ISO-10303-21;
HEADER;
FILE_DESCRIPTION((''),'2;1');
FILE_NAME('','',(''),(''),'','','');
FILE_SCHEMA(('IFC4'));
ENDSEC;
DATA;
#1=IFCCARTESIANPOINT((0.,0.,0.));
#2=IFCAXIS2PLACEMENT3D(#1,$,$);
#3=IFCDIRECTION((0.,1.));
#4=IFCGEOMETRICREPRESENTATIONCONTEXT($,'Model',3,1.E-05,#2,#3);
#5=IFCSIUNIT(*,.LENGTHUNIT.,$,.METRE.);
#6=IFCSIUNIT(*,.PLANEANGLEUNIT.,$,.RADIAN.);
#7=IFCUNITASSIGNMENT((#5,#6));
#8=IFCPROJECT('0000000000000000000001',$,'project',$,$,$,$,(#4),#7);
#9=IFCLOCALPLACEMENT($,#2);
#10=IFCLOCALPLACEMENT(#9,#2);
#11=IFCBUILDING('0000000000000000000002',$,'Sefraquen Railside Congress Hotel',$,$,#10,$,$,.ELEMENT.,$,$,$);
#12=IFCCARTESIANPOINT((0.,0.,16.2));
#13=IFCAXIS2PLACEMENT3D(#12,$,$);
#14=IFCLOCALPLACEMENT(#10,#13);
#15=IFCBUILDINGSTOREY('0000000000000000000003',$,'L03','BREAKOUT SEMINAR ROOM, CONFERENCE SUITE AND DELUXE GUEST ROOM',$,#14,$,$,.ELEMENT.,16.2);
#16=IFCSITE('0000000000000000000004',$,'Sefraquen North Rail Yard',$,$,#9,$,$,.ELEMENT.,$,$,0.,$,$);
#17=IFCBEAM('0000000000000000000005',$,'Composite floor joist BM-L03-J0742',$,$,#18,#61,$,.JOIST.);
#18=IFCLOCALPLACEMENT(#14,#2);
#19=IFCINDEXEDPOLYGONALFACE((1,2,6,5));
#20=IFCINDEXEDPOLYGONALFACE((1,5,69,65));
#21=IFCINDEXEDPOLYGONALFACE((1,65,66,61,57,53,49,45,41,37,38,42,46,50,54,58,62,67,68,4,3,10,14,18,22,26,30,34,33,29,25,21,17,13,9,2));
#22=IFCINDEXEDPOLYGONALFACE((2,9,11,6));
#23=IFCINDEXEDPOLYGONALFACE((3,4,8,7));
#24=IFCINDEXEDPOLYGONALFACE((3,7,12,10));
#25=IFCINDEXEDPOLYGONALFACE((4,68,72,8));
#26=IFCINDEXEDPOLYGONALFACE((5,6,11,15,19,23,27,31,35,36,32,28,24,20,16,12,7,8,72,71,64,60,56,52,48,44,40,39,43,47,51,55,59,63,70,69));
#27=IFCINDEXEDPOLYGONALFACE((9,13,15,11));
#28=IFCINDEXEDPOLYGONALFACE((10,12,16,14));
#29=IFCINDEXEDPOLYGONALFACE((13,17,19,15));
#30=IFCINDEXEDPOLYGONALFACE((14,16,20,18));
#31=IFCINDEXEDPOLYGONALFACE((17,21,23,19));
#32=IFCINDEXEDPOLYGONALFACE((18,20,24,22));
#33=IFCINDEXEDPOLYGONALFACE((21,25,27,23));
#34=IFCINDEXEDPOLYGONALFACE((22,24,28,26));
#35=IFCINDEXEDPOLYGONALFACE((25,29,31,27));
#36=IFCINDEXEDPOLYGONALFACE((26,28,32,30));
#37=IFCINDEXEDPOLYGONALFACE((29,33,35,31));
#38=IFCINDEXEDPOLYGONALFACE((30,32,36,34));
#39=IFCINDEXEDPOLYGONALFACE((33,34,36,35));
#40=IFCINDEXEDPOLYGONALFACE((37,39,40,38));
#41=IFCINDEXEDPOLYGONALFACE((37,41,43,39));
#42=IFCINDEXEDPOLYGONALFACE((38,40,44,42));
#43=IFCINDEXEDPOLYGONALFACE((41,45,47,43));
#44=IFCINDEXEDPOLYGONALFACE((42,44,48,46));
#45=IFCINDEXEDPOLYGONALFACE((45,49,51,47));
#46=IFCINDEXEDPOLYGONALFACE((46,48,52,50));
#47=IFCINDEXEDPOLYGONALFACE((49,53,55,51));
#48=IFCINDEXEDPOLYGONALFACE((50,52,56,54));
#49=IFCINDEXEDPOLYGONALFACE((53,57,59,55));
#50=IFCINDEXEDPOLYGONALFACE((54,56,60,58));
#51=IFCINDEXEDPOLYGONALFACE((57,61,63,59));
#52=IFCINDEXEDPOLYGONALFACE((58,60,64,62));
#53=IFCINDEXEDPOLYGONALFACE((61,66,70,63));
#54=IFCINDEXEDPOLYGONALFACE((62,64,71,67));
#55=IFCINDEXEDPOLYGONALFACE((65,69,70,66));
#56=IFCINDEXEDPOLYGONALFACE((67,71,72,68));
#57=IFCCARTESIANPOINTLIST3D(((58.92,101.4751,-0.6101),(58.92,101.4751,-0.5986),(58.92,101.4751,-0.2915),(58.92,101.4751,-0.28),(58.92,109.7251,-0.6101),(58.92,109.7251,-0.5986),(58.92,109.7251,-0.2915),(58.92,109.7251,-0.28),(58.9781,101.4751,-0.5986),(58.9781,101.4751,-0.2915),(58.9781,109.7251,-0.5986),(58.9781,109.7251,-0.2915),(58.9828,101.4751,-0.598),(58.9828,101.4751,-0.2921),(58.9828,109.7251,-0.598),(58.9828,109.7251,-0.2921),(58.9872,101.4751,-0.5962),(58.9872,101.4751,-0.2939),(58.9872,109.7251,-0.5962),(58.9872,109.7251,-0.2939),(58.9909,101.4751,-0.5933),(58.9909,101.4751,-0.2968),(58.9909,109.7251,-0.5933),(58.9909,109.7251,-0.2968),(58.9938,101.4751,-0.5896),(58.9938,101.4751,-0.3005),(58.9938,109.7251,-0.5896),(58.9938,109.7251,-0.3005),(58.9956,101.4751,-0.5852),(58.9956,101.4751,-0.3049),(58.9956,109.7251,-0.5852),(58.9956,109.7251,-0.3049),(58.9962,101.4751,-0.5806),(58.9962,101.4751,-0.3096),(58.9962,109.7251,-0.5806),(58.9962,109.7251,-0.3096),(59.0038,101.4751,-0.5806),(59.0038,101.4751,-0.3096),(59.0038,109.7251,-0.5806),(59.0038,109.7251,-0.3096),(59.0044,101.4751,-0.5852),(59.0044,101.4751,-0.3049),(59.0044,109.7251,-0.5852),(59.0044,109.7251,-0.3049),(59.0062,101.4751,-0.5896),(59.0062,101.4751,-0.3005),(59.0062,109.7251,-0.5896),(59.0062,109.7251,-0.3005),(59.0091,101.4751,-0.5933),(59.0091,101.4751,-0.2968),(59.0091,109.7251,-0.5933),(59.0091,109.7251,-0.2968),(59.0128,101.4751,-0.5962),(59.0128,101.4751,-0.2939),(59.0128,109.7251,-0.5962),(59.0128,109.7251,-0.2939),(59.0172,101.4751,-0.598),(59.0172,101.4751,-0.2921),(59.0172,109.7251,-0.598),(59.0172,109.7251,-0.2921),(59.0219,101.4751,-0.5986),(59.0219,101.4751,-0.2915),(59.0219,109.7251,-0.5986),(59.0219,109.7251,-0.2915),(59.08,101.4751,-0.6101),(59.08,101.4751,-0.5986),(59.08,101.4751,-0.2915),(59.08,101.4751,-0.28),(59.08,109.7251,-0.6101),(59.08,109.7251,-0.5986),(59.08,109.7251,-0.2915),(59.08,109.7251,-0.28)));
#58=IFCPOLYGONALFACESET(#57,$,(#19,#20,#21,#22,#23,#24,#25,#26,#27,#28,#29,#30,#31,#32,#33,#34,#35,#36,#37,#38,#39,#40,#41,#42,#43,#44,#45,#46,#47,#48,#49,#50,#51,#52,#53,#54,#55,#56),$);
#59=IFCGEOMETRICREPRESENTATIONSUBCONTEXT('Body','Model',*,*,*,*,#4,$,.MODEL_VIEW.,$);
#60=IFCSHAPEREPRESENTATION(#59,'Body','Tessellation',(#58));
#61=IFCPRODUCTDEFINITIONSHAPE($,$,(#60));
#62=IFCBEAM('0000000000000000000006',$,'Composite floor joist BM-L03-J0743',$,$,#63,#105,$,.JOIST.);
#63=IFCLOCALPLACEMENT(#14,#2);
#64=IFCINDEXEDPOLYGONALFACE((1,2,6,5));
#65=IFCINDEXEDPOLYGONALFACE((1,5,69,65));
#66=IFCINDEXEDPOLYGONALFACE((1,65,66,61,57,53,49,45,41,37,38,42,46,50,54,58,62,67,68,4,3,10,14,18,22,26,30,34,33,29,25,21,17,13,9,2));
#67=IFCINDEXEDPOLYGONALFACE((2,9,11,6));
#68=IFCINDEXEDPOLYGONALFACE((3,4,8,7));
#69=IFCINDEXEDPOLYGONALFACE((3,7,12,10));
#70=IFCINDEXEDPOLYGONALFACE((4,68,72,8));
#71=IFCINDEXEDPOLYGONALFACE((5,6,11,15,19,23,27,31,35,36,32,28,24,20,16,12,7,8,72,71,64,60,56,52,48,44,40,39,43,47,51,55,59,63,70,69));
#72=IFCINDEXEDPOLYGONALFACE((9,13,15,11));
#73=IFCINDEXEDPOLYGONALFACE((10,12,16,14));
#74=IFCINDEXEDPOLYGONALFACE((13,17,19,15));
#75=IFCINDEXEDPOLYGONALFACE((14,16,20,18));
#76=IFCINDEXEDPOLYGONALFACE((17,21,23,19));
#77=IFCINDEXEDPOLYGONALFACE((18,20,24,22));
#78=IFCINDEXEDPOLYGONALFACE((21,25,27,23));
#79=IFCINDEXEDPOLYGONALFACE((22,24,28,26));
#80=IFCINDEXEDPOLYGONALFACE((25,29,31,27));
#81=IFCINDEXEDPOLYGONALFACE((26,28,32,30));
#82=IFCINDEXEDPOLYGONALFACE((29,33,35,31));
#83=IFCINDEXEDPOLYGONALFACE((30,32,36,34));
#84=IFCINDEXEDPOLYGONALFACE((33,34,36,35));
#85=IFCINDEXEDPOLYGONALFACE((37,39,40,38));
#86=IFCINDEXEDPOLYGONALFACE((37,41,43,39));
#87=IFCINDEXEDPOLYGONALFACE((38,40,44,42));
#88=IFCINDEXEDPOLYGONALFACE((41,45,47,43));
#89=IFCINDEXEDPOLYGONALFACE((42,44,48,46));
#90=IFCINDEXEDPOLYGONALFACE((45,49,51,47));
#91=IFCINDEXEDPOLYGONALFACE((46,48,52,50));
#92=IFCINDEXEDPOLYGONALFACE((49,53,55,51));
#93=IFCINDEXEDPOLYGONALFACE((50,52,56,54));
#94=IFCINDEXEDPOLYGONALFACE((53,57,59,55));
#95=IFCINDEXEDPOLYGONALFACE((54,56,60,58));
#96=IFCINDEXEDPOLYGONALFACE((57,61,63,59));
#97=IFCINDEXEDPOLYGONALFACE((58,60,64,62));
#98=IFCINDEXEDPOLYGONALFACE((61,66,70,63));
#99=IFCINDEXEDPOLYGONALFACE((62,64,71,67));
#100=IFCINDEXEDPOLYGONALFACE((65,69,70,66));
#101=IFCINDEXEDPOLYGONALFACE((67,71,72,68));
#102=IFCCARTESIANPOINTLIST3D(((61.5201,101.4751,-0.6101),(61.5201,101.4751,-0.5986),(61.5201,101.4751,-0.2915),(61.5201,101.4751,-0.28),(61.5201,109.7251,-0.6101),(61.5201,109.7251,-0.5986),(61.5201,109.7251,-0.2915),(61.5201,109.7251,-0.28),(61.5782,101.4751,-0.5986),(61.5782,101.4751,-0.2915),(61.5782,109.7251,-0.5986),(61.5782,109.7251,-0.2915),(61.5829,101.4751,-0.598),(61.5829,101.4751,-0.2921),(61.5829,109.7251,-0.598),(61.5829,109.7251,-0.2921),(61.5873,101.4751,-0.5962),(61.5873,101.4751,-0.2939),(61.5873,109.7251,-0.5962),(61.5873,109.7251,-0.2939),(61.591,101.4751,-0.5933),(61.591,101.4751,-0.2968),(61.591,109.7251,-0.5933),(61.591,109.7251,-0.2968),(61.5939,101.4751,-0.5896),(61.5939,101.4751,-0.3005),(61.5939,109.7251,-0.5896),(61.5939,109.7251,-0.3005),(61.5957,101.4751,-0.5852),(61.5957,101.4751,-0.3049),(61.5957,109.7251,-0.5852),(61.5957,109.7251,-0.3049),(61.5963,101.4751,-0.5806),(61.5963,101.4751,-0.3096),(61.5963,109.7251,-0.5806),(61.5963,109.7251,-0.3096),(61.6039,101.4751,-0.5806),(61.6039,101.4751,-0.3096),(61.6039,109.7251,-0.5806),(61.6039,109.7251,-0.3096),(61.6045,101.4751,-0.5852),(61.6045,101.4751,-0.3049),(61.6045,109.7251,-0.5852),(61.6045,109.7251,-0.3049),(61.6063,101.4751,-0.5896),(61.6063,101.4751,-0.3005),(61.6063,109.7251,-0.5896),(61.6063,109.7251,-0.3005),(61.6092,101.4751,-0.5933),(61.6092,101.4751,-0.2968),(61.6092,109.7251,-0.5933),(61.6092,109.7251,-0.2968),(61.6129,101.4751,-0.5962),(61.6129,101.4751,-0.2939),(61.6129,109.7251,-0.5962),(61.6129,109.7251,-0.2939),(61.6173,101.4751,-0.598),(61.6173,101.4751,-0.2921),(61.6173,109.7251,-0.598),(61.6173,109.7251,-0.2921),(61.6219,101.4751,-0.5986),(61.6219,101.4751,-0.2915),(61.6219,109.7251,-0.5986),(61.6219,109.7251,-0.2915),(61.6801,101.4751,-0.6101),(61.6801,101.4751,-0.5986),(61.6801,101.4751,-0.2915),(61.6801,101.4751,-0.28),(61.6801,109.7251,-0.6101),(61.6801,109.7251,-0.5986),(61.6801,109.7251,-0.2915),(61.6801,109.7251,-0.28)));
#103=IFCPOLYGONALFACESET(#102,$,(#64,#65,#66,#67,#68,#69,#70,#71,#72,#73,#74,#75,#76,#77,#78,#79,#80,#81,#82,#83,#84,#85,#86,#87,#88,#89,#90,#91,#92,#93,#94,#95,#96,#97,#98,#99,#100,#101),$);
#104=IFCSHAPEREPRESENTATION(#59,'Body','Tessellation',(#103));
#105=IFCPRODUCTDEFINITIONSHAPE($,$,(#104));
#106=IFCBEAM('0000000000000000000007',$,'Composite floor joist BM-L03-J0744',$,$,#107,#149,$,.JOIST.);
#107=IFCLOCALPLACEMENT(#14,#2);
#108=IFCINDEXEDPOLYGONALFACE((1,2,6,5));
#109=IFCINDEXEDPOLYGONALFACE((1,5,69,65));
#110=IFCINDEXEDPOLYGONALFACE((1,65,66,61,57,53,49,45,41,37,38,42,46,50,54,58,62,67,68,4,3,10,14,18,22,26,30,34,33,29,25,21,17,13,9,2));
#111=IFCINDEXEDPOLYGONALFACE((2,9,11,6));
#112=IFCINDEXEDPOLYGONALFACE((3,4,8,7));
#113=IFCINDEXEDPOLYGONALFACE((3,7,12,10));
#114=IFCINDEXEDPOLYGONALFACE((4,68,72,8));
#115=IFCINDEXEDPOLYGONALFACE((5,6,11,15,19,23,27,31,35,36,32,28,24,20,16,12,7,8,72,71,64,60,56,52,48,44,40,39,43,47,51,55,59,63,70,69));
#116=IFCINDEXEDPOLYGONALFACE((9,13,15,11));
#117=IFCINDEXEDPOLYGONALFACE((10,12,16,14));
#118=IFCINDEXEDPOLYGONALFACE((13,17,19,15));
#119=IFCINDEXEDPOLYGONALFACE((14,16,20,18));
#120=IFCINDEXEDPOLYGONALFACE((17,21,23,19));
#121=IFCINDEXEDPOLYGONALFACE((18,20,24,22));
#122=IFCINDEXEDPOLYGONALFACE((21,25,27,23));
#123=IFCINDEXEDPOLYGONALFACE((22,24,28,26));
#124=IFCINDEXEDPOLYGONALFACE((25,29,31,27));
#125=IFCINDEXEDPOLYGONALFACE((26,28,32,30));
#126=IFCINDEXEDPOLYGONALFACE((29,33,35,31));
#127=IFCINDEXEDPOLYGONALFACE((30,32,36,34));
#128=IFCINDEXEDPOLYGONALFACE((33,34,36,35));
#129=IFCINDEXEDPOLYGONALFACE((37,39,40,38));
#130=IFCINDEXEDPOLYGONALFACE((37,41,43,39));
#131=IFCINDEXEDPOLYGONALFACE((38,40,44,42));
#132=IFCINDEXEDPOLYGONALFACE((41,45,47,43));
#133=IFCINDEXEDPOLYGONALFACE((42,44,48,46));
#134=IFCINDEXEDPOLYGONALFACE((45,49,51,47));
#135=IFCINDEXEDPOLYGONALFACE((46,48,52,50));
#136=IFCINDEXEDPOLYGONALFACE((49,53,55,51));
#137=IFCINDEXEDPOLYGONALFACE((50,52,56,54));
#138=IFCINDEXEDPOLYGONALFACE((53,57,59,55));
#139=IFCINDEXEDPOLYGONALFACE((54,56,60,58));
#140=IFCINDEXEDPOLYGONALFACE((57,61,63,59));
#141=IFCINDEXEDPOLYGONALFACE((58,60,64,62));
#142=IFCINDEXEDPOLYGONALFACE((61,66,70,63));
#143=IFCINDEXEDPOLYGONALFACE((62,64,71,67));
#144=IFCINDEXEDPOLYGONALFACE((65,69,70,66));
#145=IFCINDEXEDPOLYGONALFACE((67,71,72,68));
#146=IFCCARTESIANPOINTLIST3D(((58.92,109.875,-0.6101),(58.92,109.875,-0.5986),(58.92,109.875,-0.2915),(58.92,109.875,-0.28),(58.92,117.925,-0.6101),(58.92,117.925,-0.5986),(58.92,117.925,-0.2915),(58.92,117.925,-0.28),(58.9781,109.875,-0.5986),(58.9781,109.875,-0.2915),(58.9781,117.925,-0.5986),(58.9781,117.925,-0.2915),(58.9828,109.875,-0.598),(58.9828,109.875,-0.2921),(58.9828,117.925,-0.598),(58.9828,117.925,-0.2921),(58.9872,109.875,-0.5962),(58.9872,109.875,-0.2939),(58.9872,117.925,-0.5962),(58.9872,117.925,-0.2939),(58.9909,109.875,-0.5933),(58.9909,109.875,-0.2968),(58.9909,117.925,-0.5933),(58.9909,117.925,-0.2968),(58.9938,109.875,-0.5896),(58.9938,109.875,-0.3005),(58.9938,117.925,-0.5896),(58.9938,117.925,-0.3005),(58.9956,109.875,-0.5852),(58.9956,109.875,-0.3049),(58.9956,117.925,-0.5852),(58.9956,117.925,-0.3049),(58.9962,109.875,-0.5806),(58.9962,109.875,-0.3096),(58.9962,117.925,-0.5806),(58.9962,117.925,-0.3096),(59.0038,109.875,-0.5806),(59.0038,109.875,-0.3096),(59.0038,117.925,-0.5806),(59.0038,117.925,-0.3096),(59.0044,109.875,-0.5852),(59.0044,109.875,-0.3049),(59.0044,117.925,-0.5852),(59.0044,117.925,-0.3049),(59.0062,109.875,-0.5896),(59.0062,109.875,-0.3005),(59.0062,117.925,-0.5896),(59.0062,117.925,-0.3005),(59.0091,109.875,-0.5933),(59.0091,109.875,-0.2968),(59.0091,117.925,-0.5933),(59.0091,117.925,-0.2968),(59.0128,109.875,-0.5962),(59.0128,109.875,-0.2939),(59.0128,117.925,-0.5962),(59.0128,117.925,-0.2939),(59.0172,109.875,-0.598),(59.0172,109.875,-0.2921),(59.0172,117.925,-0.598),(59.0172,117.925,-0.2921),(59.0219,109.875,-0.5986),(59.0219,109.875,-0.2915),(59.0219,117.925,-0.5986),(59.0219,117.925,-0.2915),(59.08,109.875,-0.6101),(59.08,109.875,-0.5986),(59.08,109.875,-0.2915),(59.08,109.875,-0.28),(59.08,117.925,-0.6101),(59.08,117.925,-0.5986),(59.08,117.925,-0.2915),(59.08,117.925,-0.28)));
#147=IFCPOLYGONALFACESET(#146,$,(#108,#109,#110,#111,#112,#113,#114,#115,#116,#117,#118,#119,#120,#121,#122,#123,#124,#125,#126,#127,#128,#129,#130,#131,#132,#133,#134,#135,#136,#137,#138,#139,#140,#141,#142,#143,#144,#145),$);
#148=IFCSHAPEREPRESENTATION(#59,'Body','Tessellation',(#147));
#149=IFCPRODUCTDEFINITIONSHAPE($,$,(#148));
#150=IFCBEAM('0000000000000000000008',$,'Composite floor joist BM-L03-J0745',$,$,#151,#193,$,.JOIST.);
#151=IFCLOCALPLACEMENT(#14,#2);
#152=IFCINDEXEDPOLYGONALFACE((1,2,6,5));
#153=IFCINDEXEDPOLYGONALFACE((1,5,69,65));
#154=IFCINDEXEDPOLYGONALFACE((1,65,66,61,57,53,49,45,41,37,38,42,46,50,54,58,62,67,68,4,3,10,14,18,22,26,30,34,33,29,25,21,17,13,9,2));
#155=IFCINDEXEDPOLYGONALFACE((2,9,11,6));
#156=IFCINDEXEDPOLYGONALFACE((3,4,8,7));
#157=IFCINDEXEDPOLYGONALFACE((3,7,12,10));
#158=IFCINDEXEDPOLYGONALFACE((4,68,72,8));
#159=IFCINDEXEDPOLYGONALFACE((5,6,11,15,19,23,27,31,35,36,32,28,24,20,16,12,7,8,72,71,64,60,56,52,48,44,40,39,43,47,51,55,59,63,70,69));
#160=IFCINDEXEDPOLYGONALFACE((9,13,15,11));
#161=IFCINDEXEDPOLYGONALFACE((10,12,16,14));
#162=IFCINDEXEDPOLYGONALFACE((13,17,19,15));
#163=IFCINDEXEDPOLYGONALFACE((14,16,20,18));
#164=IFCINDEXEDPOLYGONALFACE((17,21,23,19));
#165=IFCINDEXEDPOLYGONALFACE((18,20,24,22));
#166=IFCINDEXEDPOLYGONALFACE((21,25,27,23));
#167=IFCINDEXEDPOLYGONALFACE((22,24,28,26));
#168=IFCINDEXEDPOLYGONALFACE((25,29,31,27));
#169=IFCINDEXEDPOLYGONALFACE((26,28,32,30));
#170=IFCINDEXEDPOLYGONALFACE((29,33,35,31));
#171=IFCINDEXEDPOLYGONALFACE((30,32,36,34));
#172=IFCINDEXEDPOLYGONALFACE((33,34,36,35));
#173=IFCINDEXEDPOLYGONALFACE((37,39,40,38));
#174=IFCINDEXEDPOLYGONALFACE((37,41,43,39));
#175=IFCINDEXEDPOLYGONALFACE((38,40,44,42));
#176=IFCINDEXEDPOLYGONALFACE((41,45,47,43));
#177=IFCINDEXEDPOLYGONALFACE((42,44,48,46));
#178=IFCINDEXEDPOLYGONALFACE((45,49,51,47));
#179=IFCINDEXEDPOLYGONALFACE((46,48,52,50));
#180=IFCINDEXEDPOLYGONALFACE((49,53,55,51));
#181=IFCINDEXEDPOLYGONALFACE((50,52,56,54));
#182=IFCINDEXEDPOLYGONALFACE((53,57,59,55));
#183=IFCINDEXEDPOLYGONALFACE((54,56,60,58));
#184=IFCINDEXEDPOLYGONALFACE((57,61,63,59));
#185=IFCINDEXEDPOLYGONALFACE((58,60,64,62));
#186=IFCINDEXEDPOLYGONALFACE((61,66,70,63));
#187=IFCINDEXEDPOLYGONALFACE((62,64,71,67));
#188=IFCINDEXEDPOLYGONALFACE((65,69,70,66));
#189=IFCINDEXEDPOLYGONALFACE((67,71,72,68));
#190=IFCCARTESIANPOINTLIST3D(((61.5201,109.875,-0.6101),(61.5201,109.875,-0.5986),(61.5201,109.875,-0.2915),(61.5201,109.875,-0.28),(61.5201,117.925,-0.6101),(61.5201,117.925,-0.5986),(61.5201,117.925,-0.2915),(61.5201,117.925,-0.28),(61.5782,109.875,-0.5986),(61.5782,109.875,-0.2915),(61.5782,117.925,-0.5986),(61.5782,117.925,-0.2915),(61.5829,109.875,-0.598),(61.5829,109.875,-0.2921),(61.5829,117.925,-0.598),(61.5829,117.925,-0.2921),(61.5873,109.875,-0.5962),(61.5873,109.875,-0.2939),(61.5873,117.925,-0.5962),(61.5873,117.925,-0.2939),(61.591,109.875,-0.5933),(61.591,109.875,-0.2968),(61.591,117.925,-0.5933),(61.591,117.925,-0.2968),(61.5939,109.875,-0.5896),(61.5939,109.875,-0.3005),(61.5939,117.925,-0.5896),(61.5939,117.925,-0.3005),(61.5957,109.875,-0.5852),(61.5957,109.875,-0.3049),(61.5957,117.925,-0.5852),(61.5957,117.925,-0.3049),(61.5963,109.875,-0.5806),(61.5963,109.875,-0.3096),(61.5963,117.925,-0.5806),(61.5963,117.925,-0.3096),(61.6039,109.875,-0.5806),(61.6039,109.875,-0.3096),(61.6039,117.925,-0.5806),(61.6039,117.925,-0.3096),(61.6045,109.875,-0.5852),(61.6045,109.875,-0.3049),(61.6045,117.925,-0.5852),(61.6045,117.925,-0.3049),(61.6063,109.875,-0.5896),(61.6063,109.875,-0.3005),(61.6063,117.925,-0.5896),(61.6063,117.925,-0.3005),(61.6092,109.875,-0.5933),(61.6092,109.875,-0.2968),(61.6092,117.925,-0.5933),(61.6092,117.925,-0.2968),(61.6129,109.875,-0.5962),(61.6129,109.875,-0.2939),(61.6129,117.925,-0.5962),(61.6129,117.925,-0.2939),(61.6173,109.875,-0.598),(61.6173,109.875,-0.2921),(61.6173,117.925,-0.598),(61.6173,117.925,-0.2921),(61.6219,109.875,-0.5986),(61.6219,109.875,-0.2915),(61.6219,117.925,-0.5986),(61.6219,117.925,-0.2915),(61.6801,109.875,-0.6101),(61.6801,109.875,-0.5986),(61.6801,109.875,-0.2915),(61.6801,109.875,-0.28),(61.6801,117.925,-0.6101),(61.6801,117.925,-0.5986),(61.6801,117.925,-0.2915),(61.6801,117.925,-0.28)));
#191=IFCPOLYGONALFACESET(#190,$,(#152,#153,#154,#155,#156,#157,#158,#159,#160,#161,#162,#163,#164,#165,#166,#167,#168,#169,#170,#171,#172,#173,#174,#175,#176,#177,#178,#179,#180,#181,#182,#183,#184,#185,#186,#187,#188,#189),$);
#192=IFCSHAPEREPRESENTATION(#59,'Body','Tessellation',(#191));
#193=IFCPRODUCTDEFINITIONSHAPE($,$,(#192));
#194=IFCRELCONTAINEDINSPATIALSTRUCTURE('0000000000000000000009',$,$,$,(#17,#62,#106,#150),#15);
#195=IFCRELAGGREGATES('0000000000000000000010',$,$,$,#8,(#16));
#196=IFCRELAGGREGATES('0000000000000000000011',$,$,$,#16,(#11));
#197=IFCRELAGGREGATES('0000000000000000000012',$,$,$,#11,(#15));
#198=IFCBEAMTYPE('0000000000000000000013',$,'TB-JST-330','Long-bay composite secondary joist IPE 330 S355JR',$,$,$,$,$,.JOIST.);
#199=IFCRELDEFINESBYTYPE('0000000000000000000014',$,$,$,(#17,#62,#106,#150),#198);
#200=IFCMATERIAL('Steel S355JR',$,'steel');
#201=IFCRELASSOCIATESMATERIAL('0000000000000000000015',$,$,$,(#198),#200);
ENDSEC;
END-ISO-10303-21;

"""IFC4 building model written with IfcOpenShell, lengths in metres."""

from ifc_helpers import new_model, si_unit, direction, frame, origin, origin_2d, place, context, subcontext, project, spatial, i_section, extrude, material, material_profile, profile_set, type_object, element, save


model = new_model("IFC4")

# Units and contexts
model_context = context("Model", 3, precision=1e-05, world=origin(), true_north=direction((0.0, 1.0)))
body_context = subcontext(model_context, "Body", "Model", "MODEL_VIEW")
ifc_project = project(units=[si_unit("LENGTHUNIT", "METRE"), si_unit("PLANEANGLEUNIT", "RADIAN")], contexts=[model_context])

# Site, building, storey
site_placement = place(None, origin())
site = spatial("IfcSite", under=ifc_project, at=site_placement, Name="Sefraquen North Rail Yard", CompositionType="ELEMENT", RefElevation=0.0)
building_placement = place(site_placement, origin())
building = spatial("IfcBuilding", under=site, at=building_placement, Name="Sefraquen Railside Congress Hotel", CompositionType="ELEMENT")
storey_placement = place(building_placement, frame((0.0, 0.0, 16.2)))
storey = spatial("IfcBuildingStorey", under=building, at=storey_placement, Name="L03", Description="BREAKOUT SEMINAR ROOM, CONFERENCE SUITE AND DELUXE GUEST ROOM", CompositionType="ELEMENT", Elevation=16.2)

# Shared definitions
ifc_material_1 = material(Name="Steel S355JR", Category="steel")

# Beams
ifc_material_profile_1 = material_profile(ifc_material_1, i_section(OverallWidth=0.1599, OverallDepth=0.3301, WebThickness=0.0076, FlangeThickness=0.0115, FilletRadius=0.0181, at=origin_2d()), Name="IPE 330")
ifc_profile_set_1 = profile_set([ifc_material_profile_1], Name="Steel S355JR")
beam_type_1 = type_object("IfcBeamType", Name="TB-JST-330", Description="Long-bay composite secondary joist IPE 330 S355JR", PredefinedType="JOIST", material=ifc_profile_set_1)
for number, where, z_axis, x_axis, name in (
    (1, (59.0, 101.4751, -0.4451), (0.0, 1.0, 0.0), (-1.0, 0.0, 0.0), "Composite floor joist BM-L03-J0742"),
    (2, (61.6001, 101.4751, -0.4451), (0.0, 1.0, 0.0), (-1.0, 0.0, 0.0), "Composite floor joist BM-L03-J0743"),
):
    element("IfcBeam", number, at=place(storey_placement, frame(where, z_axis=z_axis, x_axis=x_axis)), inside=storey, type_object=beam_type_1, Name=name, PredefinedType="JOIST", context=body_context, shape_type="SweptSolid", body=[
        extrude(i_section(OverallWidth=0.1599, OverallDepth=0.3301, WebThickness=0.0076, FlangeThickness=0.0115, FilletRadius=0.0181, at=origin_2d()), origin(), (0.0, 0.0, 1.0), 8.25),
    ])
for number, where, z_axis, x_axis, name in (
    (3, (59.0, 109.875, -0.4451), (0.0, 1.0, 0.0), (-1.0, 0.0, 0.0), "Composite floor joist BM-L03-J0744"),
    (4, (61.6001, 109.875, -0.4451), (0.0, 1.0, 0.0), (-1.0, 0.0, 0.0), "Composite floor joist BM-L03-J0745"),
):
    element("IfcBeam", number, at=place(storey_placement, frame(where, z_axis=z_axis, x_axis=x_axis)), inside=storey, type_object=beam_type_1, Name=name, PredefinedType="JOIST", context=body_context, shape_type="SweptSolid", body=[
        extrude(i_section(OverallWidth=0.1599, OverallDepth=0.3301, WebThickness=0.0076, FlangeThickness=0.0115, FilletRadius=0.0181, at=origin_2d()), origin(), (0.0, 0.0, 1.0), 8.05),
    ])

save(model, "model.ifc")
